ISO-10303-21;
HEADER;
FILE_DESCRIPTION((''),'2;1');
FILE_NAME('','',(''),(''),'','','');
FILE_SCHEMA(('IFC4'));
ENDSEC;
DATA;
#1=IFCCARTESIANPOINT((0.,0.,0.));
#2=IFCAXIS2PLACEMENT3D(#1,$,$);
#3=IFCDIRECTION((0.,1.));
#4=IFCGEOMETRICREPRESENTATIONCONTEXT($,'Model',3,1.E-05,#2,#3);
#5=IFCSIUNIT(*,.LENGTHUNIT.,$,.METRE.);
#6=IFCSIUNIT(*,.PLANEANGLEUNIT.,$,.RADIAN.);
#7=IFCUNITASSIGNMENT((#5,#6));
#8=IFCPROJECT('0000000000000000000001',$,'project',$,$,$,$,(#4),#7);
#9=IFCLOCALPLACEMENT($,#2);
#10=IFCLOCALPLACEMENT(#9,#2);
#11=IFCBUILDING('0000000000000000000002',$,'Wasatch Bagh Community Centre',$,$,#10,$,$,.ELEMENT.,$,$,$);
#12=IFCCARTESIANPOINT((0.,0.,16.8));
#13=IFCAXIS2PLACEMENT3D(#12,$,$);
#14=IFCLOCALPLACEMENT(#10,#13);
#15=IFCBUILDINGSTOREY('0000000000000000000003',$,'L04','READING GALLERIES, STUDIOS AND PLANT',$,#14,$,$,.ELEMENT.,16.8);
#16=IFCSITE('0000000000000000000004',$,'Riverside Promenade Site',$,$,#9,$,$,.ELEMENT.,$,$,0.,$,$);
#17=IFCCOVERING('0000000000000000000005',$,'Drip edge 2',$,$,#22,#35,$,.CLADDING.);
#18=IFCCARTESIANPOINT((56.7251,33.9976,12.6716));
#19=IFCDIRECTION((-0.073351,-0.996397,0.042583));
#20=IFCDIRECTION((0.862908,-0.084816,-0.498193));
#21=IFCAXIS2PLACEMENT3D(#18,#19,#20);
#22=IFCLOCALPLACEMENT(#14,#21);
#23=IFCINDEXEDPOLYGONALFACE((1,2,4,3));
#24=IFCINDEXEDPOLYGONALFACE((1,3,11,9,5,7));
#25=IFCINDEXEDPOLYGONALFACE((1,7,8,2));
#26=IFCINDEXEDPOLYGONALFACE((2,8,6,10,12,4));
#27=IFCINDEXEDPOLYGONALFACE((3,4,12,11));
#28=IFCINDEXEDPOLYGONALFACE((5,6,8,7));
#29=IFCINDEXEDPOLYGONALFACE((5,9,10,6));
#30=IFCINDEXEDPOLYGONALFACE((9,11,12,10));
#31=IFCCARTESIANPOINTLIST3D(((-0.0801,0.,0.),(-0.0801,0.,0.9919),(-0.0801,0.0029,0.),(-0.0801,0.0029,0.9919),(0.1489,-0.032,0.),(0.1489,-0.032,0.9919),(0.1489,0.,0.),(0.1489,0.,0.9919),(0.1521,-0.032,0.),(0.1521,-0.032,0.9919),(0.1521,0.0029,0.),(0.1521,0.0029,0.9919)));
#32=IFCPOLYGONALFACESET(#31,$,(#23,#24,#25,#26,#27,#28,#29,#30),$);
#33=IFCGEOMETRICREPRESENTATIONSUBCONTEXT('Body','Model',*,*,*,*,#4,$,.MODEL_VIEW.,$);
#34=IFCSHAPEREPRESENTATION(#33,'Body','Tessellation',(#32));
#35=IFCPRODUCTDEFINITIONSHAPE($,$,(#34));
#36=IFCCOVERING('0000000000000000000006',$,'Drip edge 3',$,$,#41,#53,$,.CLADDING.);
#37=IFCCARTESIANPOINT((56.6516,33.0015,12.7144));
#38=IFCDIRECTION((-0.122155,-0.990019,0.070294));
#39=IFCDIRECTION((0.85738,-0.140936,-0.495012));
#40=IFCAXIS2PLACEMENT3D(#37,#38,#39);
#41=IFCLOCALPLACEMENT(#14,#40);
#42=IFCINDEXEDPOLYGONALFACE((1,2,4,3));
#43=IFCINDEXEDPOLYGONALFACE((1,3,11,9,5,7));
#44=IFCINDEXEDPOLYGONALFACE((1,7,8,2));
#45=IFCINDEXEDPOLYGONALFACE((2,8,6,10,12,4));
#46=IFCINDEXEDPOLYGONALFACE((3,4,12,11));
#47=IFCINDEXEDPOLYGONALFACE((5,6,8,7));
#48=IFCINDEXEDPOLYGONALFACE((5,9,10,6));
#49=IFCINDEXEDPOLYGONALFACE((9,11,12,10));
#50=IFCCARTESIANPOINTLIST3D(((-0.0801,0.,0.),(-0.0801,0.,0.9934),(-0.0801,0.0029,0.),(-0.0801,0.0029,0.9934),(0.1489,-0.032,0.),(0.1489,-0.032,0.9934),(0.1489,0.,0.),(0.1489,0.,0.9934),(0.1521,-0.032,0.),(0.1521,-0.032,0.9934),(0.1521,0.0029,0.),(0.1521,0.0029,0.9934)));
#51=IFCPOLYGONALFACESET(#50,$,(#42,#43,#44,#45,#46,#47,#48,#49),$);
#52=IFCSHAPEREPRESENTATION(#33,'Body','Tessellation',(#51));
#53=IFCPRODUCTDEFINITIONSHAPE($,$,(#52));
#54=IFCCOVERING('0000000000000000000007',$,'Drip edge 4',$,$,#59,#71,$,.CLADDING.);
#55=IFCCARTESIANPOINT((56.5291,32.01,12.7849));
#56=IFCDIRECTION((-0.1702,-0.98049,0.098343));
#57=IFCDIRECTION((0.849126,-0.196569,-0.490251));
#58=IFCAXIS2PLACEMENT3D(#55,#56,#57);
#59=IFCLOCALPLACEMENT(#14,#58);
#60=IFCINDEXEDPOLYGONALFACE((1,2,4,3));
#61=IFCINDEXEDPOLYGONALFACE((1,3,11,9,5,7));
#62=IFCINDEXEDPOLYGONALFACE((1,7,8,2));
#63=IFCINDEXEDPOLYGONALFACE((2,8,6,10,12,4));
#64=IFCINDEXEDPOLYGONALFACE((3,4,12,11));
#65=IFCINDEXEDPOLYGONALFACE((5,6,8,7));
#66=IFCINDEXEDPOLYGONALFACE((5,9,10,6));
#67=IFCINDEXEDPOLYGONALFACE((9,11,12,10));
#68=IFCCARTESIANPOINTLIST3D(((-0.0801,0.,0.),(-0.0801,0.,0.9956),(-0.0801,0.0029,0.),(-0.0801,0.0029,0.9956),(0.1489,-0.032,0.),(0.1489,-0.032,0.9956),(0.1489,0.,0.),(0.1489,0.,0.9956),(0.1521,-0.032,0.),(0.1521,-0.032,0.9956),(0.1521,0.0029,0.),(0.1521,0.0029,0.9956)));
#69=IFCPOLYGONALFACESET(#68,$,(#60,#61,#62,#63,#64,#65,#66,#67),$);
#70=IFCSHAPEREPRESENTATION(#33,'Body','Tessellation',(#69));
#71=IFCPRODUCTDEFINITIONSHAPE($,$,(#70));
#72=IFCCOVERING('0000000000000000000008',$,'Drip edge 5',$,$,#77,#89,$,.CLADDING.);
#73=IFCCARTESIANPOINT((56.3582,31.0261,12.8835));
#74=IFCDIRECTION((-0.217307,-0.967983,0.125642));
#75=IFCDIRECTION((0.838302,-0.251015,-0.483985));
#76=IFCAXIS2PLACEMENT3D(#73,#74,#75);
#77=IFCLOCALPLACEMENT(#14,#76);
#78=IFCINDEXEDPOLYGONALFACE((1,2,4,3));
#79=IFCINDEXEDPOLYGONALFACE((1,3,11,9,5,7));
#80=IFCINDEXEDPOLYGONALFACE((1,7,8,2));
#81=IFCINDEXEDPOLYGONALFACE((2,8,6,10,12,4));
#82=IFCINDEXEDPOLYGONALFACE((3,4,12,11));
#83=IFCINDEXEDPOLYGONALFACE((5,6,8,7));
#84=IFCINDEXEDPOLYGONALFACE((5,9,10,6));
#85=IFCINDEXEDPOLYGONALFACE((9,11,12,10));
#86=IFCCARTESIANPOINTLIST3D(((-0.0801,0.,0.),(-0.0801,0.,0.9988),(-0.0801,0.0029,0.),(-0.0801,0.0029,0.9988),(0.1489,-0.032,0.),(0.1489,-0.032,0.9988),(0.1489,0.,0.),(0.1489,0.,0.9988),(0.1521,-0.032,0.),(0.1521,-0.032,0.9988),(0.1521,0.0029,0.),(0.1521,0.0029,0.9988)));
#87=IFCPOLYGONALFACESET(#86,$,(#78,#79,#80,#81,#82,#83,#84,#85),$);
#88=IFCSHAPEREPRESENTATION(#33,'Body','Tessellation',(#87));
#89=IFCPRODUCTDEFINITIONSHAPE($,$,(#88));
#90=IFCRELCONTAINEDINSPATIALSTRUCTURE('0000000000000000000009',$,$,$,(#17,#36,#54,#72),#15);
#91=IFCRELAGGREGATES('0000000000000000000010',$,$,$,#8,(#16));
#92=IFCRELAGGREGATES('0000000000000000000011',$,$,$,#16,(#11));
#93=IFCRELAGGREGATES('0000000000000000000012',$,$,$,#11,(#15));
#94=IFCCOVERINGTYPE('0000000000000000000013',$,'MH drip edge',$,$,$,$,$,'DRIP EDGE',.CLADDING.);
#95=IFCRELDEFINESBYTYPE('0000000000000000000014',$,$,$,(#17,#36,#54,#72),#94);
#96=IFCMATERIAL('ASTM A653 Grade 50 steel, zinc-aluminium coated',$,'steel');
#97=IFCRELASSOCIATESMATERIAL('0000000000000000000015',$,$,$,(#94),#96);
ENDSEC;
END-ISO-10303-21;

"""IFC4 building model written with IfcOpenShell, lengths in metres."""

from ifc_helpers import new_model, si_unit, direction, frame, origin, place, context, subcontext, project, spatial, polyline, outline, extrude, material, material_profile, profile_set, type_object, element, save


model = new_model("IFC4")

# Units and contexts
model_context = context("Model", 3, precision=1e-05, world=origin(), true_north=direction((0.0, 1.0)))
body_context = subcontext(model_context, "Body", "Model", "MODEL_VIEW")
ifc_project = project(units=[si_unit("LENGTHUNIT", "METRE"), si_unit("PLANEANGLEUNIT", "RADIAN")], contexts=[model_context])

# Site, building, storey
site_placement = place(None, origin())
site = spatial("IfcSite", under=ifc_project, at=site_placement, Name="Riverside Promenade Site", CompositionType="ELEMENT", RefElevation=0.0)
building_placement = place(site_placement, origin())
building = spatial("IfcBuilding", under=site, at=building_placement, Name="Wasatch Bagh Community Centre", CompositionType="ELEMENT")
storey_placement = place(building_placement, frame((0.0, 0.0, 16.8)))
storey = spatial("IfcBuildingStorey", under=building, at=storey_placement, Name="L04", Description="READING GALLERIES, STUDIOS AND PLANT", CompositionType="ELEMENT", Elevation=16.8)

# Coverings
ifc_material_1 = material(Name="ASTM A653 Grade 50 steel, zinc-aluminium coated", Category="steel")
ifc_material_profile_1 = material_profile(ifc_material_1, outline(polyline([(-0.0801, 0.0029), (0.1521, 0.0029), (0.1521, -0.032), (0.1489, -0.032), (0.1489, 0.0), (-0.0801, 0.0), (-0.0801, 0.0029)])), Name="DRIP EDGE")
ifc_profile_set_1 = profile_set([ifc_material_profile_1], Name="ASTM A653 Grade 50 steel, zinc-aluminium coated")
covering_type_1 = type_object("IfcCoveringType", Name="MH drip edge", ElementType="DRIP EDGE", PredefinedType="CLADDING", material=ifc_profile_set_1)
covering_1_placement = place(storey_placement, frame((56.7251, 33.9976, 12.6716), z_axis=(-0.073351, -0.996397, 0.042583), x_axis=(0.862908, -0.084816, -0.498193)))
element("IfcCovering", 1, at=covering_1_placement, inside=storey, type_object=covering_type_1, Name="Drip edge 2", PredefinedType="CLADDING", context=body_context, shape_type="SweptSolid", body=[
    extrude(outline(polyline([(-0.0801, 0.0029), (0.1521, 0.0029), (0.1521, -0.032), (0.1489, -0.032), (0.1489, 0.0), (-0.0801, 0.0), (-0.0801, 0.0029)])), origin(), (0.0, 0.0, 1.0), 0.9919),
])
covering_2_placement = place(storey_placement, frame((56.6516, 33.0015, 12.7144), z_axis=(-0.122155, -0.990019, 0.070294), x_axis=(0.85738, -0.140936, -0.495012)))
element("IfcCovering", 2, at=covering_2_placement, inside=storey, type_object=covering_type_1, Name="Drip edge 3", PredefinedType="CLADDING", context=body_context, shape_type="SweptSolid", body=[
    extrude(outline(polyline([(-0.0801, 0.0029), (0.1521, 0.0029), (0.1521, -0.032), (0.1489, -0.032), (0.1489, 0.0), (-0.0801, 0.0), (-0.0801, 0.0029)])), origin(), (0.0, 0.0, 1.0), 0.9934),
])
covering_3_placement = place(storey_placement, frame((56.5291, 32.01, 12.7849), z_axis=(-0.1702, -0.98049, 0.098343), x_axis=(0.849126, -0.196569, -0.490251)))
element("IfcCovering", 3, at=covering_3_placement, inside=storey, type_object=covering_type_1, Name="Drip edge 4", PredefinedType="CLADDING", context=body_context, shape_type="SweptSolid", body=[
    extrude(outline(polyline([(-0.0801, 0.0029), (0.1521, 0.0029), (0.1521, -0.032), (0.1489, -0.032), (0.1489, 0.0), (-0.0801, 0.0), (-0.0801, 0.0029)])), origin(), (0.0, 0.0, 1.0), 0.9956),
])
covering_4_placement = place(storey_placement, frame((56.3582, 31.0261, 12.8835), z_axis=(-0.217307, -0.967983, 0.125642), x_axis=(0.838302, -0.251015, -0.483985)))
element("IfcCovering", 4, at=covering_4_placement, inside=storey, type_object=covering_type_1, Name="Drip edge 5", PredefinedType="CLADDING", context=body_context, shape_type="SweptSolid", body=[
    extrude(outline(polyline([(-0.0801, 0.0029), (0.1521, 0.0029), (0.1521, -0.032), (0.1489, -0.032), (0.1489, 0.0), (-0.0801, 0.0), (-0.0801, 0.0029)])), origin(), (0.0, 0.0, 1.0), 0.9988),
])

save(model, "model.ifc")
